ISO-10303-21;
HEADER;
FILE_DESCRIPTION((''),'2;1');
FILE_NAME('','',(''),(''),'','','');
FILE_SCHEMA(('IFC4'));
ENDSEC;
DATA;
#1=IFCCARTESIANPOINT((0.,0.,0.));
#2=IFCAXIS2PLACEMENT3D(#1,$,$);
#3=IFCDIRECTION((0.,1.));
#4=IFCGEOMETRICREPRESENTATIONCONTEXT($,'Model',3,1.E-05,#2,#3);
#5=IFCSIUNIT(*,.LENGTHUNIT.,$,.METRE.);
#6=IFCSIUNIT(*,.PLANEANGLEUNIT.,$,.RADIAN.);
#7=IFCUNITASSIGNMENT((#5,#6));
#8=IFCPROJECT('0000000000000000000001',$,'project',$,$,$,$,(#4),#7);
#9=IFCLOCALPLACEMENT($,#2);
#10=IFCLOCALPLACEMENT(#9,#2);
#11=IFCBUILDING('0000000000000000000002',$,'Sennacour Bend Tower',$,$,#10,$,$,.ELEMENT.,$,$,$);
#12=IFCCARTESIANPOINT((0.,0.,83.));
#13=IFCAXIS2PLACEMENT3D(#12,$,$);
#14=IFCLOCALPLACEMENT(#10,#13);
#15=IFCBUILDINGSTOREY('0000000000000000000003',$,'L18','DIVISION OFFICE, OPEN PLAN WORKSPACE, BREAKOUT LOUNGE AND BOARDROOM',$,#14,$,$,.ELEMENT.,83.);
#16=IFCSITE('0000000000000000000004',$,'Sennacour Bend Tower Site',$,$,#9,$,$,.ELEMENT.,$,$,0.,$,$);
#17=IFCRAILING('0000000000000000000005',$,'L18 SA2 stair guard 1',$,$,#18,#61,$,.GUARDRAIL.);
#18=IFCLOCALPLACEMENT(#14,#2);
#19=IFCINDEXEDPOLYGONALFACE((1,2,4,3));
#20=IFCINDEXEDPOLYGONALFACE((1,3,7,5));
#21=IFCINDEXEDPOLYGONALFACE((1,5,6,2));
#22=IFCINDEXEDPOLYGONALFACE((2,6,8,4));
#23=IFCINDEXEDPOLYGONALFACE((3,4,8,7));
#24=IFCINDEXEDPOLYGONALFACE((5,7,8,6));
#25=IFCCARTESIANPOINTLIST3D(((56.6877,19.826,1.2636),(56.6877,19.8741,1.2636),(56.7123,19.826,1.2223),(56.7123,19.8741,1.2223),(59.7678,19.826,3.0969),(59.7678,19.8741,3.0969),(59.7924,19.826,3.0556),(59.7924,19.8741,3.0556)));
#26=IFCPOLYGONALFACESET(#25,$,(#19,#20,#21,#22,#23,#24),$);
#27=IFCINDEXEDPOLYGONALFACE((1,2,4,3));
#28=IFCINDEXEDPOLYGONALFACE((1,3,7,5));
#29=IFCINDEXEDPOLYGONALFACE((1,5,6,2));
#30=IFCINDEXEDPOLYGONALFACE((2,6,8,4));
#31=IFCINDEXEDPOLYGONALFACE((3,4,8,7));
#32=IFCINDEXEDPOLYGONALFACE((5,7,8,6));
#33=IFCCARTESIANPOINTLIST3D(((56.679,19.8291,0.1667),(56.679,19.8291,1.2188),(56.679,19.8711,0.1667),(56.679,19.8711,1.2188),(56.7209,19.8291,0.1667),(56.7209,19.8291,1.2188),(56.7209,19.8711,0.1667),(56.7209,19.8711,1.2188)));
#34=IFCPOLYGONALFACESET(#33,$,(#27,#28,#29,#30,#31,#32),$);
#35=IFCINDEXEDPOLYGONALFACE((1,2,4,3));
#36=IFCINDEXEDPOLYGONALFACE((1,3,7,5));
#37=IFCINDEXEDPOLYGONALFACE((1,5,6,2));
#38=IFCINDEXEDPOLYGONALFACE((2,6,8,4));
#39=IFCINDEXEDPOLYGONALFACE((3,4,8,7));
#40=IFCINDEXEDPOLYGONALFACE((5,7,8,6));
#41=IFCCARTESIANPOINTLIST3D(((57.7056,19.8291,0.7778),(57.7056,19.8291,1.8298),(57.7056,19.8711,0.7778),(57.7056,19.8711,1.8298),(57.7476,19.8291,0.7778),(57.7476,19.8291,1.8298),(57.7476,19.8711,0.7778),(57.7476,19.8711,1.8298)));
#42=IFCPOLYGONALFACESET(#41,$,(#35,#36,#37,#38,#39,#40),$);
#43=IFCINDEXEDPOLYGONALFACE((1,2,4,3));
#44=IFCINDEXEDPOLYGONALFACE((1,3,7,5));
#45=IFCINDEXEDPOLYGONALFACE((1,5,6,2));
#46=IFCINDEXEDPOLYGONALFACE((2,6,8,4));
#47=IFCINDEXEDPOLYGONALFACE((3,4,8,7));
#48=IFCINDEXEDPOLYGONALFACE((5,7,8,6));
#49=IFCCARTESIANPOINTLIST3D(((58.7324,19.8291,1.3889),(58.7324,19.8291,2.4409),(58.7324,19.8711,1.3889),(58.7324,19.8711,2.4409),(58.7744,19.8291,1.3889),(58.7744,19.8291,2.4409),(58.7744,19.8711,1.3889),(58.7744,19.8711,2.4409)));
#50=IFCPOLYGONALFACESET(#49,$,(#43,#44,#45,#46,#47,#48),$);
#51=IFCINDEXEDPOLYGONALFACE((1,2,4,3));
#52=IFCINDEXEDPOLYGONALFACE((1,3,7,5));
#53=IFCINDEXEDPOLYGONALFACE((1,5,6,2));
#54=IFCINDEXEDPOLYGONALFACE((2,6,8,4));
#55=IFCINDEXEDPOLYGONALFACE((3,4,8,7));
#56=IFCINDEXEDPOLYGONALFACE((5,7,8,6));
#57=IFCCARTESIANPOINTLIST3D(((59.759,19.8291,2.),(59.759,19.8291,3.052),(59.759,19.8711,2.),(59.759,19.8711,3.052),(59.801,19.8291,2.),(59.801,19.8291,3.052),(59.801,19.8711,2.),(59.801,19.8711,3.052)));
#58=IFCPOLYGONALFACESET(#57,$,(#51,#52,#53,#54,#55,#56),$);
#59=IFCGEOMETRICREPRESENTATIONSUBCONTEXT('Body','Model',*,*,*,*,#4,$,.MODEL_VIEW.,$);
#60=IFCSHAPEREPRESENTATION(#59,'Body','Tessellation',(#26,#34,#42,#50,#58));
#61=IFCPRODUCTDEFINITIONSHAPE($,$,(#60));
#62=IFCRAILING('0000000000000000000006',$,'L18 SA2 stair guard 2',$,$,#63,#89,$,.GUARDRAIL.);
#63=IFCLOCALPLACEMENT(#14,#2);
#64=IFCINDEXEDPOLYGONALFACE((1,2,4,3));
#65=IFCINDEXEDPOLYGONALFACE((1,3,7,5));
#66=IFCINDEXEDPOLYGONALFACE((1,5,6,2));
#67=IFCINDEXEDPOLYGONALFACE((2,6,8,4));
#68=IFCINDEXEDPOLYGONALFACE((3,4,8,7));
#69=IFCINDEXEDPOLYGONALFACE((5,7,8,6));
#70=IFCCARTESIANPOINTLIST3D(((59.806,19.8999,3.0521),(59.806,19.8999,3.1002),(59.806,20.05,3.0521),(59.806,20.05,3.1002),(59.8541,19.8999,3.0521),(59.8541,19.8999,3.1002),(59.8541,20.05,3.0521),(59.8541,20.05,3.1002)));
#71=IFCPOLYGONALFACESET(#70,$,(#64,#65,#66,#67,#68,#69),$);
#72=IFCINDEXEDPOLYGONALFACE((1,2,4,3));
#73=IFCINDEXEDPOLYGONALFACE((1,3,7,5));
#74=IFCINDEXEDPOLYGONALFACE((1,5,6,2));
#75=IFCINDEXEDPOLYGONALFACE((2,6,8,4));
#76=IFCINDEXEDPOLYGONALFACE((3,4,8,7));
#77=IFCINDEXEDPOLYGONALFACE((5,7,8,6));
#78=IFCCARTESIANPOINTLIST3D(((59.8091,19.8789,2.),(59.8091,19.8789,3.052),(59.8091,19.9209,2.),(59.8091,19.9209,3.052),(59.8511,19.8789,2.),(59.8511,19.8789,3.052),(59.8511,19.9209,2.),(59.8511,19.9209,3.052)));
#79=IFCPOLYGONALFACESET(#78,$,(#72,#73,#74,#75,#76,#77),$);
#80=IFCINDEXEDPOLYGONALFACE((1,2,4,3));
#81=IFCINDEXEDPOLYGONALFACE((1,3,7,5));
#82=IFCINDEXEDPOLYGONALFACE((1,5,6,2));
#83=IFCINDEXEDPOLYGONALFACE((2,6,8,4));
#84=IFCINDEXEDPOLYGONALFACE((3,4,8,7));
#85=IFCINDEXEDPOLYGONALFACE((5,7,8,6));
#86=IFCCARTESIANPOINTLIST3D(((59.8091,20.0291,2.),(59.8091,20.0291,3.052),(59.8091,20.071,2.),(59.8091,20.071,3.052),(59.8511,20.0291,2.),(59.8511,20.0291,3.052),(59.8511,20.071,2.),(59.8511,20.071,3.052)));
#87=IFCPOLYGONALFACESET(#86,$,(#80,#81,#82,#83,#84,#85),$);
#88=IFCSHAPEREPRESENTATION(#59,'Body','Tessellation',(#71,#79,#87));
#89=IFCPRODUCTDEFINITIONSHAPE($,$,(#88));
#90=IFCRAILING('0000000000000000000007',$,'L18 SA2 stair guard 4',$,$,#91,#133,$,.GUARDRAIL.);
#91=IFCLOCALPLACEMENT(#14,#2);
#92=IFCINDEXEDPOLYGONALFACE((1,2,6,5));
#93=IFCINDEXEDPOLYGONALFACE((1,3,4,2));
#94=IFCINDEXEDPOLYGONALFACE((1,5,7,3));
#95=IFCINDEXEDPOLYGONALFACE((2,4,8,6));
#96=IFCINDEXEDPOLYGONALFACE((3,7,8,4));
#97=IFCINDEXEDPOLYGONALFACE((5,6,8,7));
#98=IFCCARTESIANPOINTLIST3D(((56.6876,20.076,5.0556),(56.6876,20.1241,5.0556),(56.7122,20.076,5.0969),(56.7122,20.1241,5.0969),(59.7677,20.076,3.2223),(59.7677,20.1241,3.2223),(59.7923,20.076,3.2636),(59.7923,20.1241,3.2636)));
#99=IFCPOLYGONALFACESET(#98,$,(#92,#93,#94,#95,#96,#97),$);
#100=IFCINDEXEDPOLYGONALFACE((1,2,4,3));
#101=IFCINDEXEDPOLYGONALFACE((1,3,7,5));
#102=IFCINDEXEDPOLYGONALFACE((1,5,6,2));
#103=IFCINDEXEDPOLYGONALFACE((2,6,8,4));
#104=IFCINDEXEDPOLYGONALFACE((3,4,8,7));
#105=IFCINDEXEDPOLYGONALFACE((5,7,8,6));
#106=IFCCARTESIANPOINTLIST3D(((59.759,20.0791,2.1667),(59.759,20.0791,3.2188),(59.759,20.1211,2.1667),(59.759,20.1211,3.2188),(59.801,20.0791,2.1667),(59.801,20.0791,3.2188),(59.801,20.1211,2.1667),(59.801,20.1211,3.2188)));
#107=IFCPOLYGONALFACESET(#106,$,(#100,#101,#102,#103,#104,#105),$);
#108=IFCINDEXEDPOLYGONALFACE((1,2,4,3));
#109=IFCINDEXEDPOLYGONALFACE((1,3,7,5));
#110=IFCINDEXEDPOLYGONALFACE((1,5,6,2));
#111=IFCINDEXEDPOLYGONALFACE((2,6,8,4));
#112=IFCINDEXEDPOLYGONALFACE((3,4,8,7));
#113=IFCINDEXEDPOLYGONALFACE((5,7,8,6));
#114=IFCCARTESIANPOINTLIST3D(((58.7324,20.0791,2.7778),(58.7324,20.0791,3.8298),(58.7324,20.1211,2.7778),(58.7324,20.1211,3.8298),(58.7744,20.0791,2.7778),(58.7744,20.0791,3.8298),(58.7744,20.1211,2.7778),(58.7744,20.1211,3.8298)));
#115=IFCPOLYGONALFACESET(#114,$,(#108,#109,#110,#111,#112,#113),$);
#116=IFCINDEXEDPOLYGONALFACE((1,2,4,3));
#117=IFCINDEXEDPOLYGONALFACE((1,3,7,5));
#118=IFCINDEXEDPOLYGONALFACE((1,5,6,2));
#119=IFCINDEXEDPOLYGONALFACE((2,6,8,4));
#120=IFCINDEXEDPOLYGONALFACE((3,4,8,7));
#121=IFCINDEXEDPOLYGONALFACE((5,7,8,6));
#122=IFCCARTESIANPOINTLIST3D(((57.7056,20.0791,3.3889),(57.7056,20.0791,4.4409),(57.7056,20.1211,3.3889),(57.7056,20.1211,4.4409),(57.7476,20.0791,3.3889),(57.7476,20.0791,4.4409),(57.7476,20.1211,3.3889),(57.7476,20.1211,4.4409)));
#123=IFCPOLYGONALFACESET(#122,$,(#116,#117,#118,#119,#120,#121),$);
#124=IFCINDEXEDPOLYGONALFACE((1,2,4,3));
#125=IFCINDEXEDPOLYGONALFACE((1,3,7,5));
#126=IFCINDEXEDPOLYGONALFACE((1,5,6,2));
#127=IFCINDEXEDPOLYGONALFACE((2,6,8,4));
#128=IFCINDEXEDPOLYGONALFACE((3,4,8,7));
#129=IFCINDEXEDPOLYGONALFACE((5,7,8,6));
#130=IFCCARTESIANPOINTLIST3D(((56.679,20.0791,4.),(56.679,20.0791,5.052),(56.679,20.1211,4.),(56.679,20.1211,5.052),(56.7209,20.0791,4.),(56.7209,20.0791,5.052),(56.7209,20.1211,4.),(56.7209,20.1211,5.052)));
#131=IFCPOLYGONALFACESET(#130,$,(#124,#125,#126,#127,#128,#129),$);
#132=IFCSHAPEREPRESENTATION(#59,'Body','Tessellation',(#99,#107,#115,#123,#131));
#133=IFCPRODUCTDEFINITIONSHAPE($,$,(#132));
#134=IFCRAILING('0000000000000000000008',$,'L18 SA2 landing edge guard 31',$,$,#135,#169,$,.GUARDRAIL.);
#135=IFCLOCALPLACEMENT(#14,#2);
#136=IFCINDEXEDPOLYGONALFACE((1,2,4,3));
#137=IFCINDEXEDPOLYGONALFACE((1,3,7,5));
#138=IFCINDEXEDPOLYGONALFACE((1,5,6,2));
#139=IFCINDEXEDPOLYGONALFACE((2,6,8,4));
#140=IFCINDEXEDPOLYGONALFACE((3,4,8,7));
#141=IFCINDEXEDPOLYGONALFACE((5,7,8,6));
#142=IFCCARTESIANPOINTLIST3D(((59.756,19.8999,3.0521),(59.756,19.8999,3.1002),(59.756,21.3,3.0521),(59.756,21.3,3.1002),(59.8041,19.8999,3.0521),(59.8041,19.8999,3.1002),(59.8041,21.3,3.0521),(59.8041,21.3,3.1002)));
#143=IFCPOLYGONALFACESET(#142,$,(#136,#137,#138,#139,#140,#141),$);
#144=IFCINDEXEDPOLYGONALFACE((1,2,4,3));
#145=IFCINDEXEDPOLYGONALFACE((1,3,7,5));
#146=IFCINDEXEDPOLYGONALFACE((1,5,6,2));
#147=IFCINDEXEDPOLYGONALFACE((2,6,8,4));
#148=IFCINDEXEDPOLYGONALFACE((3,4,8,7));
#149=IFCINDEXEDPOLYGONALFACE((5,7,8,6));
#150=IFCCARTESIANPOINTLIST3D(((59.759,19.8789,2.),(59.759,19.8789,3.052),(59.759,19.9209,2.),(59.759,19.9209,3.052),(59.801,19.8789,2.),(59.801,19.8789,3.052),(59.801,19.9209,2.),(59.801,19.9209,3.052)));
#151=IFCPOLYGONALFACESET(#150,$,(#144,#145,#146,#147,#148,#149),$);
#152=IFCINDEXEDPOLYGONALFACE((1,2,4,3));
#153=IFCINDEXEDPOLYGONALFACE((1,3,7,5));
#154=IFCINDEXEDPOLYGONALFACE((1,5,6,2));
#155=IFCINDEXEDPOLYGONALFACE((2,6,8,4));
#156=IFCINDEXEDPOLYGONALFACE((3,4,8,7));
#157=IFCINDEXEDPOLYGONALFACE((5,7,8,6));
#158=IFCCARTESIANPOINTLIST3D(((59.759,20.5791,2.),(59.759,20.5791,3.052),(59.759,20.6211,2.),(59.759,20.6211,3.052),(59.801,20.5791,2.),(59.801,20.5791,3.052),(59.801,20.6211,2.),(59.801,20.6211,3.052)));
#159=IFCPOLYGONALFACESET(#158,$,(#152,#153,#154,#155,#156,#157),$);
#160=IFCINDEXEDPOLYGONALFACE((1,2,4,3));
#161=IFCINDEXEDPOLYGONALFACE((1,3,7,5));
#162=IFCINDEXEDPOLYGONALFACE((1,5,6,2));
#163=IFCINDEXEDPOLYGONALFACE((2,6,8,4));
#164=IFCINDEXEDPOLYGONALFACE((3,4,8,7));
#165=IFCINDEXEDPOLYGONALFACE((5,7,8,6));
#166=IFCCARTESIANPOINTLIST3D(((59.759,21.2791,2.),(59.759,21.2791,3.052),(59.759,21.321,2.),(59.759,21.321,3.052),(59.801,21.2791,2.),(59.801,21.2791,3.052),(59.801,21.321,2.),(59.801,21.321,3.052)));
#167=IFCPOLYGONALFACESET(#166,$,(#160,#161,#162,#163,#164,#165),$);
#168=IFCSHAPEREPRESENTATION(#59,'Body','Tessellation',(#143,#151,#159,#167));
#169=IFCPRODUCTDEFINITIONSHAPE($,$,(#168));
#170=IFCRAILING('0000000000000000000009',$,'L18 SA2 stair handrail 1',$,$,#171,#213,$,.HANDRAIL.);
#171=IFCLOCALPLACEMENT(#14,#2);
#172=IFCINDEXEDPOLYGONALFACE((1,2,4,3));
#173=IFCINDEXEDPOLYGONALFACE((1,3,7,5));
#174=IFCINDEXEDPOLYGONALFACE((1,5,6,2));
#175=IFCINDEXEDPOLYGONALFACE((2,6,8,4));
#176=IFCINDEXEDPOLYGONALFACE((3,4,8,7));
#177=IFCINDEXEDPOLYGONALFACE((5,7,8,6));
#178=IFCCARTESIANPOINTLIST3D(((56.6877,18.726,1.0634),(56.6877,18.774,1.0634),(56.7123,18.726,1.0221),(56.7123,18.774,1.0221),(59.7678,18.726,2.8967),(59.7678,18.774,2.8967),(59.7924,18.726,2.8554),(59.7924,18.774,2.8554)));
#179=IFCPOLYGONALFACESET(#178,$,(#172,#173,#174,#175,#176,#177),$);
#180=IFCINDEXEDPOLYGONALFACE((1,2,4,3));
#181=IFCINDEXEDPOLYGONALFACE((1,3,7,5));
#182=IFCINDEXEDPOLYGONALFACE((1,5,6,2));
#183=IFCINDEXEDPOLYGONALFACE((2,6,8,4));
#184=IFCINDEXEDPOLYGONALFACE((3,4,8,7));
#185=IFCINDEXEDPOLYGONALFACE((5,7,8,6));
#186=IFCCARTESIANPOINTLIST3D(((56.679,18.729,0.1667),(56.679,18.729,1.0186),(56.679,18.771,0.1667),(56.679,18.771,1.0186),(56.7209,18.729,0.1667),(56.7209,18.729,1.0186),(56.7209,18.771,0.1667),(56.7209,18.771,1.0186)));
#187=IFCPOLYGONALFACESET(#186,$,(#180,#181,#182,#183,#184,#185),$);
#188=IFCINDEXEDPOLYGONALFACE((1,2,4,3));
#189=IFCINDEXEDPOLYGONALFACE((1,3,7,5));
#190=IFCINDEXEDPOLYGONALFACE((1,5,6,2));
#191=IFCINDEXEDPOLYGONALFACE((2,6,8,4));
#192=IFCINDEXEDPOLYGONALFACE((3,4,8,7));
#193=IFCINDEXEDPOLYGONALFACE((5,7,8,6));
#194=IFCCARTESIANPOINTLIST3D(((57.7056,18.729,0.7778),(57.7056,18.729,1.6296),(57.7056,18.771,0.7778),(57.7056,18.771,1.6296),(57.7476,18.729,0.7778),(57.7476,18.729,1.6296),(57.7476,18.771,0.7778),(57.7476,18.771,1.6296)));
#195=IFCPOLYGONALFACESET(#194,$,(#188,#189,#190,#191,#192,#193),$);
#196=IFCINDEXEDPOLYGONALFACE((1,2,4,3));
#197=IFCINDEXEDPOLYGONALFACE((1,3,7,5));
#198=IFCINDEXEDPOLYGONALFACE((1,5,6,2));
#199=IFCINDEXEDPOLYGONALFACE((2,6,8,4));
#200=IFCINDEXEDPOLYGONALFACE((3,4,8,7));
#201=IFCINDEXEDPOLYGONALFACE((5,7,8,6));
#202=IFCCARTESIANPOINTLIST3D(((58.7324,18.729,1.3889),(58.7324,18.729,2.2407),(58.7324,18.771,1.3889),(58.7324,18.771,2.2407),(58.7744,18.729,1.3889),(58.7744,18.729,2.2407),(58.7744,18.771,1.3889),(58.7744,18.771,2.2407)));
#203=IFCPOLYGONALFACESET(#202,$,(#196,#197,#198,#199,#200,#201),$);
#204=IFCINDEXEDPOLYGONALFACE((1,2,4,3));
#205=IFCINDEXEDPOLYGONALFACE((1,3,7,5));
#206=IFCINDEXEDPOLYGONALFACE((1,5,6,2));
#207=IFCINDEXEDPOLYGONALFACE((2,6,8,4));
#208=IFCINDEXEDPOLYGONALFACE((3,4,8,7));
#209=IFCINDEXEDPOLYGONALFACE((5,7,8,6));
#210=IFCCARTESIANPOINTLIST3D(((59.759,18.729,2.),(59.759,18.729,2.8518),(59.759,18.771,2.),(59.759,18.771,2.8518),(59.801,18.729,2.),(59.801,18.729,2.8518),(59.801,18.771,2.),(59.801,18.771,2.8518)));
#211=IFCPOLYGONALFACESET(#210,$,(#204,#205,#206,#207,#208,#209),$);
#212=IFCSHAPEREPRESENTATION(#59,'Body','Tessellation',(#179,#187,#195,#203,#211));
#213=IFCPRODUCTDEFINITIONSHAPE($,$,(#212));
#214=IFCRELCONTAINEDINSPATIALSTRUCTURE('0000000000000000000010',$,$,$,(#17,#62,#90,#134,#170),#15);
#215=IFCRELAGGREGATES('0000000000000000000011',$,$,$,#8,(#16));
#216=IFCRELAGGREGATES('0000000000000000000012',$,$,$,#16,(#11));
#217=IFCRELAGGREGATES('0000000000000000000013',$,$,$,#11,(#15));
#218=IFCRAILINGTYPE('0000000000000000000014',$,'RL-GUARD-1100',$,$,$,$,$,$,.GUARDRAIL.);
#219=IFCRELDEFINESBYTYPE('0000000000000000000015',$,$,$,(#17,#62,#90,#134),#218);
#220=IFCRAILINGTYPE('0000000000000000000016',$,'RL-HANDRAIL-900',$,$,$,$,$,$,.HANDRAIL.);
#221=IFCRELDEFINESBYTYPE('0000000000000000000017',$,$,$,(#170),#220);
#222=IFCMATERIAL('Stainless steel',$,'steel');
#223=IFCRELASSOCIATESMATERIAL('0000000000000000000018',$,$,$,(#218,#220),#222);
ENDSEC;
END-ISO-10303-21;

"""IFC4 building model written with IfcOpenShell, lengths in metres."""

from ifc_helpers import new_model, si_unit, direction, frame, origin, origin_2d, place, context, subcontext, project, spatial, rectangle, extrude, material, type_object, element, save


model = new_model("IFC4")

# Units and contexts
model_context = context("Model", 3, precision=1e-05, world=origin(), true_north=direction((0.0, 1.0)))
body_context = subcontext(model_context, "Body", "Model", "MODEL_VIEW")
ifc_project = project(units=[si_unit("LENGTHUNIT", "METRE"), si_unit("PLANEANGLEUNIT", "RADIAN")], contexts=[model_context])

# Site, building, storey
site_placement = place(None, origin())
site = spatial("IfcSite", under=ifc_project, at=site_placement, Name="Sennacour Bend Tower Site", CompositionType="ELEMENT", RefElevation=0.0)
building_placement = place(site_placement, origin())
building = spatial("IfcBuilding", under=site, at=building_placement, Name="Sennacour Bend Tower", CompositionType="ELEMENT")
storey_placement = place(building_placement, frame((0.0, 0.0, 83.0)))
storey = spatial("IfcBuildingStorey", under=building, at=storey_placement, Name="L18", Description="DIVISION OFFICE, OPEN PLAN WORKSPACE, BREAKOUT LOUNGE AND BOARDROOM", CompositionType="ELEMENT", Elevation=83.0)

# Shared definitions
ifc_material_1 = material(Name="Stainless steel", Category="steel")

# Railings
railing_type_1 = type_object("IfcRailingType", Name="RL-GUARD-1100", PredefinedType="GUARDRAIL", material=ifc_material_1)
railing_1_placement = place(storey_placement, frame((56.7, 19.8501, 0.1667)))
element("IfcRailing", 1, at=railing_1_placement, inside=storey, type_object=railing_type_1, Name="L18 SA2 stair guard 1", PredefinedType="GUARDRAIL", context=body_context, shape_type="SweptSolid", body=[
    extrude(rectangle(XDim=0.0481, YDim=0.0481, at=origin_2d()), frame((0.0, 0.0, 1.0762), z_axis=(0.859309, 0.0, 0.511458), x_axis=(0.0, 1.0, 0.0)), (0.0, 0.0, 1.0), 3.5845),
    extrude(rectangle(XDim=0.042, YDim=0.042, at=origin_2d()), origin(), (0.0, 0.0, 1.0), 1.052),
    extrude(rectangle(XDim=0.042, YDim=0.042, at=origin_2d()), frame((1.0266, 0.0, 0.6111)), (0.0, 0.0, 1.0), 1.052),
    extrude(rectangle(XDim=0.042, YDim=0.042, at=origin_2d()), frame((2.0535, 0.0, 1.2222)), (0.0, 0.0, 1.0), 1.052),
    extrude(rectangle(XDim=0.042, YDim=0.042, at=origin_2d()), frame((3.0801, 0.0, 1.8333)), (0.0, 0.0, 1.0), 1.052),
])
railing_2_placement = place(storey_placement, frame((59.8301, 19.8999, 2.0)))
element("IfcRailing", 2, at=railing_2_placement, inside=storey, type_object=railing_type_1, Name="L18 SA2 stair guard 2", PredefinedType="GUARDRAIL", context=body_context, shape_type="SweptSolid", body=[
    extrude(rectangle(XDim=0.0481, YDim=0.0481, at=origin_2d()), frame((0.0, 0.0, 1.0762), z_axis=(0.0, 1.0, 0.0), x_axis=(-1.0, 0.0, 0.0)), (0.0, 0.0, 1.0), 0.1501),
    extrude(rectangle(XDim=0.042, YDim=0.042, at=origin_2d()), origin(), (0.0, 0.0, 1.0), 1.052),
    extrude(rectangle(XDim=0.042, YDim=0.042, at=origin_2d()), frame((0.0, 0.1501, 0.0)), (0.0, 0.0, 1.0), 1.052),
])
railing_3_placement = place(storey_placement, frame((59.78, 20.1001, 2.1667)))
element("IfcRailing", 3, at=railing_3_placement, inside=storey, type_object=railing_type_1, Name="L18 SA2 stair guard 4", PredefinedType="GUARDRAIL", context=body_context, shape_type="SweptSolid", body=[
    extrude(rectangle(XDim=0.0481, YDim=0.0481, at=origin_2d()), frame((0.0, 0.0, 1.0762), z_axis=(-0.859309, 0.0, 0.511458), x_axis=(0.0, -1.0, 0.0)), (0.0, 0.0, 1.0), 3.5845),
    extrude(rectangle(XDim=0.042, YDim=0.042, at=origin_2d()), origin(), (0.0, 0.0, 1.0), 1.052),
    extrude(rectangle(XDim=0.042, YDim=0.042, at=origin_2d()), frame((-1.0266, 0.0, 0.6111)), (0.0, 0.0, 1.0), 1.052),
    extrude(rectangle(XDim=0.042, YDim=0.042, at=origin_2d()), frame((-2.0535, 0.0, 1.2222)), (0.0, 0.0, 1.0), 1.052),
    extrude(rectangle(XDim=0.042, YDim=0.042, at=origin_2d()), frame((-3.0801, 0.0, 1.8333)), (0.0, 0.0, 1.0), 1.052),
])
railing_4_placement = place(storey_placement, frame((59.78, 19.8999, 2.0)))
element("IfcRailing", 4, at=railing_4_placement, inside=storey, type_object=railing_type_1, Name="L18 SA2 landing edge guard 31", PredefinedType="GUARDRAIL", context=body_context, shape_type="SweptSolid", body=[
    extrude(rectangle(XDim=0.0481, YDim=0.0481, at=origin_2d()), frame((0.0, 0.0, 1.0762), z_axis=(0.0, 1.0, 0.0), x_axis=(-1.0, 0.0, 0.0)), (0.0, 0.0, 1.0), 1.4001),
    extrude(rectangle(XDim=0.042, YDim=0.042, at=origin_2d()), origin(), (0.0, 0.0, 1.0), 1.052),
    extrude(rectangle(XDim=0.042, YDim=0.042, at=origin_2d()), frame((0.0, 0.7002, 0.0)), (0.0, 0.0, 1.0), 1.052),
    extrude(rectangle(XDim=0.042, YDim=0.042, at=origin_2d()), frame((0.0, 1.4001, 0.0)), (0.0, 0.0, 1.0), 1.052),
])
railing_type_2 = type_object("IfcRailingType", Name="RL-HANDRAIL-900", PredefinedType="HANDRAIL", material=ifc_material_1)
railing_5_placement = place(storey_placement, frame((56.7, 18.75, 0.1667)))
element("IfcRailing", 5, at=railing_5_placement, inside=storey, type_object=railing_type_2, Name="L18 SA2 stair handrail 1", PredefinedType="HANDRAIL", context=body_context, shape_type="SweptSolid", body=[
    extrude(rectangle(XDim=0.0481, YDim=0.0481, at=origin_2d()), frame((0.0, 0.0, 0.876), z_axis=(0.859309, 0.0, 0.511458), x_axis=(0.0, 1.0, 0.0)), (0.0, 0.0, 1.0), 3.5845),
    extrude(rectangle(XDim=0.042, YDim=0.042, at=origin_2d()), origin(), (0.0, 0.0, 1.0), 0.8518),
    extrude(rectangle(XDim=0.042, YDim=0.042, at=origin_2d()), frame((1.0266, 0.0, 0.6111)), (0.0, 0.0, 1.0), 0.8518),
    extrude(rectangle(XDim=0.042, YDim=0.042, at=origin_2d()), frame((2.0535, 0.0, 1.2222)), (0.0, 0.0, 1.0), 0.8518),
    extrude(rectangle(XDim=0.042, YDim=0.042, at=origin_2d()), frame((3.0801, 0.0, 1.8333)), (0.0, 0.0, 1.0), 0.8518),
])

save(model, "model.ifc")
